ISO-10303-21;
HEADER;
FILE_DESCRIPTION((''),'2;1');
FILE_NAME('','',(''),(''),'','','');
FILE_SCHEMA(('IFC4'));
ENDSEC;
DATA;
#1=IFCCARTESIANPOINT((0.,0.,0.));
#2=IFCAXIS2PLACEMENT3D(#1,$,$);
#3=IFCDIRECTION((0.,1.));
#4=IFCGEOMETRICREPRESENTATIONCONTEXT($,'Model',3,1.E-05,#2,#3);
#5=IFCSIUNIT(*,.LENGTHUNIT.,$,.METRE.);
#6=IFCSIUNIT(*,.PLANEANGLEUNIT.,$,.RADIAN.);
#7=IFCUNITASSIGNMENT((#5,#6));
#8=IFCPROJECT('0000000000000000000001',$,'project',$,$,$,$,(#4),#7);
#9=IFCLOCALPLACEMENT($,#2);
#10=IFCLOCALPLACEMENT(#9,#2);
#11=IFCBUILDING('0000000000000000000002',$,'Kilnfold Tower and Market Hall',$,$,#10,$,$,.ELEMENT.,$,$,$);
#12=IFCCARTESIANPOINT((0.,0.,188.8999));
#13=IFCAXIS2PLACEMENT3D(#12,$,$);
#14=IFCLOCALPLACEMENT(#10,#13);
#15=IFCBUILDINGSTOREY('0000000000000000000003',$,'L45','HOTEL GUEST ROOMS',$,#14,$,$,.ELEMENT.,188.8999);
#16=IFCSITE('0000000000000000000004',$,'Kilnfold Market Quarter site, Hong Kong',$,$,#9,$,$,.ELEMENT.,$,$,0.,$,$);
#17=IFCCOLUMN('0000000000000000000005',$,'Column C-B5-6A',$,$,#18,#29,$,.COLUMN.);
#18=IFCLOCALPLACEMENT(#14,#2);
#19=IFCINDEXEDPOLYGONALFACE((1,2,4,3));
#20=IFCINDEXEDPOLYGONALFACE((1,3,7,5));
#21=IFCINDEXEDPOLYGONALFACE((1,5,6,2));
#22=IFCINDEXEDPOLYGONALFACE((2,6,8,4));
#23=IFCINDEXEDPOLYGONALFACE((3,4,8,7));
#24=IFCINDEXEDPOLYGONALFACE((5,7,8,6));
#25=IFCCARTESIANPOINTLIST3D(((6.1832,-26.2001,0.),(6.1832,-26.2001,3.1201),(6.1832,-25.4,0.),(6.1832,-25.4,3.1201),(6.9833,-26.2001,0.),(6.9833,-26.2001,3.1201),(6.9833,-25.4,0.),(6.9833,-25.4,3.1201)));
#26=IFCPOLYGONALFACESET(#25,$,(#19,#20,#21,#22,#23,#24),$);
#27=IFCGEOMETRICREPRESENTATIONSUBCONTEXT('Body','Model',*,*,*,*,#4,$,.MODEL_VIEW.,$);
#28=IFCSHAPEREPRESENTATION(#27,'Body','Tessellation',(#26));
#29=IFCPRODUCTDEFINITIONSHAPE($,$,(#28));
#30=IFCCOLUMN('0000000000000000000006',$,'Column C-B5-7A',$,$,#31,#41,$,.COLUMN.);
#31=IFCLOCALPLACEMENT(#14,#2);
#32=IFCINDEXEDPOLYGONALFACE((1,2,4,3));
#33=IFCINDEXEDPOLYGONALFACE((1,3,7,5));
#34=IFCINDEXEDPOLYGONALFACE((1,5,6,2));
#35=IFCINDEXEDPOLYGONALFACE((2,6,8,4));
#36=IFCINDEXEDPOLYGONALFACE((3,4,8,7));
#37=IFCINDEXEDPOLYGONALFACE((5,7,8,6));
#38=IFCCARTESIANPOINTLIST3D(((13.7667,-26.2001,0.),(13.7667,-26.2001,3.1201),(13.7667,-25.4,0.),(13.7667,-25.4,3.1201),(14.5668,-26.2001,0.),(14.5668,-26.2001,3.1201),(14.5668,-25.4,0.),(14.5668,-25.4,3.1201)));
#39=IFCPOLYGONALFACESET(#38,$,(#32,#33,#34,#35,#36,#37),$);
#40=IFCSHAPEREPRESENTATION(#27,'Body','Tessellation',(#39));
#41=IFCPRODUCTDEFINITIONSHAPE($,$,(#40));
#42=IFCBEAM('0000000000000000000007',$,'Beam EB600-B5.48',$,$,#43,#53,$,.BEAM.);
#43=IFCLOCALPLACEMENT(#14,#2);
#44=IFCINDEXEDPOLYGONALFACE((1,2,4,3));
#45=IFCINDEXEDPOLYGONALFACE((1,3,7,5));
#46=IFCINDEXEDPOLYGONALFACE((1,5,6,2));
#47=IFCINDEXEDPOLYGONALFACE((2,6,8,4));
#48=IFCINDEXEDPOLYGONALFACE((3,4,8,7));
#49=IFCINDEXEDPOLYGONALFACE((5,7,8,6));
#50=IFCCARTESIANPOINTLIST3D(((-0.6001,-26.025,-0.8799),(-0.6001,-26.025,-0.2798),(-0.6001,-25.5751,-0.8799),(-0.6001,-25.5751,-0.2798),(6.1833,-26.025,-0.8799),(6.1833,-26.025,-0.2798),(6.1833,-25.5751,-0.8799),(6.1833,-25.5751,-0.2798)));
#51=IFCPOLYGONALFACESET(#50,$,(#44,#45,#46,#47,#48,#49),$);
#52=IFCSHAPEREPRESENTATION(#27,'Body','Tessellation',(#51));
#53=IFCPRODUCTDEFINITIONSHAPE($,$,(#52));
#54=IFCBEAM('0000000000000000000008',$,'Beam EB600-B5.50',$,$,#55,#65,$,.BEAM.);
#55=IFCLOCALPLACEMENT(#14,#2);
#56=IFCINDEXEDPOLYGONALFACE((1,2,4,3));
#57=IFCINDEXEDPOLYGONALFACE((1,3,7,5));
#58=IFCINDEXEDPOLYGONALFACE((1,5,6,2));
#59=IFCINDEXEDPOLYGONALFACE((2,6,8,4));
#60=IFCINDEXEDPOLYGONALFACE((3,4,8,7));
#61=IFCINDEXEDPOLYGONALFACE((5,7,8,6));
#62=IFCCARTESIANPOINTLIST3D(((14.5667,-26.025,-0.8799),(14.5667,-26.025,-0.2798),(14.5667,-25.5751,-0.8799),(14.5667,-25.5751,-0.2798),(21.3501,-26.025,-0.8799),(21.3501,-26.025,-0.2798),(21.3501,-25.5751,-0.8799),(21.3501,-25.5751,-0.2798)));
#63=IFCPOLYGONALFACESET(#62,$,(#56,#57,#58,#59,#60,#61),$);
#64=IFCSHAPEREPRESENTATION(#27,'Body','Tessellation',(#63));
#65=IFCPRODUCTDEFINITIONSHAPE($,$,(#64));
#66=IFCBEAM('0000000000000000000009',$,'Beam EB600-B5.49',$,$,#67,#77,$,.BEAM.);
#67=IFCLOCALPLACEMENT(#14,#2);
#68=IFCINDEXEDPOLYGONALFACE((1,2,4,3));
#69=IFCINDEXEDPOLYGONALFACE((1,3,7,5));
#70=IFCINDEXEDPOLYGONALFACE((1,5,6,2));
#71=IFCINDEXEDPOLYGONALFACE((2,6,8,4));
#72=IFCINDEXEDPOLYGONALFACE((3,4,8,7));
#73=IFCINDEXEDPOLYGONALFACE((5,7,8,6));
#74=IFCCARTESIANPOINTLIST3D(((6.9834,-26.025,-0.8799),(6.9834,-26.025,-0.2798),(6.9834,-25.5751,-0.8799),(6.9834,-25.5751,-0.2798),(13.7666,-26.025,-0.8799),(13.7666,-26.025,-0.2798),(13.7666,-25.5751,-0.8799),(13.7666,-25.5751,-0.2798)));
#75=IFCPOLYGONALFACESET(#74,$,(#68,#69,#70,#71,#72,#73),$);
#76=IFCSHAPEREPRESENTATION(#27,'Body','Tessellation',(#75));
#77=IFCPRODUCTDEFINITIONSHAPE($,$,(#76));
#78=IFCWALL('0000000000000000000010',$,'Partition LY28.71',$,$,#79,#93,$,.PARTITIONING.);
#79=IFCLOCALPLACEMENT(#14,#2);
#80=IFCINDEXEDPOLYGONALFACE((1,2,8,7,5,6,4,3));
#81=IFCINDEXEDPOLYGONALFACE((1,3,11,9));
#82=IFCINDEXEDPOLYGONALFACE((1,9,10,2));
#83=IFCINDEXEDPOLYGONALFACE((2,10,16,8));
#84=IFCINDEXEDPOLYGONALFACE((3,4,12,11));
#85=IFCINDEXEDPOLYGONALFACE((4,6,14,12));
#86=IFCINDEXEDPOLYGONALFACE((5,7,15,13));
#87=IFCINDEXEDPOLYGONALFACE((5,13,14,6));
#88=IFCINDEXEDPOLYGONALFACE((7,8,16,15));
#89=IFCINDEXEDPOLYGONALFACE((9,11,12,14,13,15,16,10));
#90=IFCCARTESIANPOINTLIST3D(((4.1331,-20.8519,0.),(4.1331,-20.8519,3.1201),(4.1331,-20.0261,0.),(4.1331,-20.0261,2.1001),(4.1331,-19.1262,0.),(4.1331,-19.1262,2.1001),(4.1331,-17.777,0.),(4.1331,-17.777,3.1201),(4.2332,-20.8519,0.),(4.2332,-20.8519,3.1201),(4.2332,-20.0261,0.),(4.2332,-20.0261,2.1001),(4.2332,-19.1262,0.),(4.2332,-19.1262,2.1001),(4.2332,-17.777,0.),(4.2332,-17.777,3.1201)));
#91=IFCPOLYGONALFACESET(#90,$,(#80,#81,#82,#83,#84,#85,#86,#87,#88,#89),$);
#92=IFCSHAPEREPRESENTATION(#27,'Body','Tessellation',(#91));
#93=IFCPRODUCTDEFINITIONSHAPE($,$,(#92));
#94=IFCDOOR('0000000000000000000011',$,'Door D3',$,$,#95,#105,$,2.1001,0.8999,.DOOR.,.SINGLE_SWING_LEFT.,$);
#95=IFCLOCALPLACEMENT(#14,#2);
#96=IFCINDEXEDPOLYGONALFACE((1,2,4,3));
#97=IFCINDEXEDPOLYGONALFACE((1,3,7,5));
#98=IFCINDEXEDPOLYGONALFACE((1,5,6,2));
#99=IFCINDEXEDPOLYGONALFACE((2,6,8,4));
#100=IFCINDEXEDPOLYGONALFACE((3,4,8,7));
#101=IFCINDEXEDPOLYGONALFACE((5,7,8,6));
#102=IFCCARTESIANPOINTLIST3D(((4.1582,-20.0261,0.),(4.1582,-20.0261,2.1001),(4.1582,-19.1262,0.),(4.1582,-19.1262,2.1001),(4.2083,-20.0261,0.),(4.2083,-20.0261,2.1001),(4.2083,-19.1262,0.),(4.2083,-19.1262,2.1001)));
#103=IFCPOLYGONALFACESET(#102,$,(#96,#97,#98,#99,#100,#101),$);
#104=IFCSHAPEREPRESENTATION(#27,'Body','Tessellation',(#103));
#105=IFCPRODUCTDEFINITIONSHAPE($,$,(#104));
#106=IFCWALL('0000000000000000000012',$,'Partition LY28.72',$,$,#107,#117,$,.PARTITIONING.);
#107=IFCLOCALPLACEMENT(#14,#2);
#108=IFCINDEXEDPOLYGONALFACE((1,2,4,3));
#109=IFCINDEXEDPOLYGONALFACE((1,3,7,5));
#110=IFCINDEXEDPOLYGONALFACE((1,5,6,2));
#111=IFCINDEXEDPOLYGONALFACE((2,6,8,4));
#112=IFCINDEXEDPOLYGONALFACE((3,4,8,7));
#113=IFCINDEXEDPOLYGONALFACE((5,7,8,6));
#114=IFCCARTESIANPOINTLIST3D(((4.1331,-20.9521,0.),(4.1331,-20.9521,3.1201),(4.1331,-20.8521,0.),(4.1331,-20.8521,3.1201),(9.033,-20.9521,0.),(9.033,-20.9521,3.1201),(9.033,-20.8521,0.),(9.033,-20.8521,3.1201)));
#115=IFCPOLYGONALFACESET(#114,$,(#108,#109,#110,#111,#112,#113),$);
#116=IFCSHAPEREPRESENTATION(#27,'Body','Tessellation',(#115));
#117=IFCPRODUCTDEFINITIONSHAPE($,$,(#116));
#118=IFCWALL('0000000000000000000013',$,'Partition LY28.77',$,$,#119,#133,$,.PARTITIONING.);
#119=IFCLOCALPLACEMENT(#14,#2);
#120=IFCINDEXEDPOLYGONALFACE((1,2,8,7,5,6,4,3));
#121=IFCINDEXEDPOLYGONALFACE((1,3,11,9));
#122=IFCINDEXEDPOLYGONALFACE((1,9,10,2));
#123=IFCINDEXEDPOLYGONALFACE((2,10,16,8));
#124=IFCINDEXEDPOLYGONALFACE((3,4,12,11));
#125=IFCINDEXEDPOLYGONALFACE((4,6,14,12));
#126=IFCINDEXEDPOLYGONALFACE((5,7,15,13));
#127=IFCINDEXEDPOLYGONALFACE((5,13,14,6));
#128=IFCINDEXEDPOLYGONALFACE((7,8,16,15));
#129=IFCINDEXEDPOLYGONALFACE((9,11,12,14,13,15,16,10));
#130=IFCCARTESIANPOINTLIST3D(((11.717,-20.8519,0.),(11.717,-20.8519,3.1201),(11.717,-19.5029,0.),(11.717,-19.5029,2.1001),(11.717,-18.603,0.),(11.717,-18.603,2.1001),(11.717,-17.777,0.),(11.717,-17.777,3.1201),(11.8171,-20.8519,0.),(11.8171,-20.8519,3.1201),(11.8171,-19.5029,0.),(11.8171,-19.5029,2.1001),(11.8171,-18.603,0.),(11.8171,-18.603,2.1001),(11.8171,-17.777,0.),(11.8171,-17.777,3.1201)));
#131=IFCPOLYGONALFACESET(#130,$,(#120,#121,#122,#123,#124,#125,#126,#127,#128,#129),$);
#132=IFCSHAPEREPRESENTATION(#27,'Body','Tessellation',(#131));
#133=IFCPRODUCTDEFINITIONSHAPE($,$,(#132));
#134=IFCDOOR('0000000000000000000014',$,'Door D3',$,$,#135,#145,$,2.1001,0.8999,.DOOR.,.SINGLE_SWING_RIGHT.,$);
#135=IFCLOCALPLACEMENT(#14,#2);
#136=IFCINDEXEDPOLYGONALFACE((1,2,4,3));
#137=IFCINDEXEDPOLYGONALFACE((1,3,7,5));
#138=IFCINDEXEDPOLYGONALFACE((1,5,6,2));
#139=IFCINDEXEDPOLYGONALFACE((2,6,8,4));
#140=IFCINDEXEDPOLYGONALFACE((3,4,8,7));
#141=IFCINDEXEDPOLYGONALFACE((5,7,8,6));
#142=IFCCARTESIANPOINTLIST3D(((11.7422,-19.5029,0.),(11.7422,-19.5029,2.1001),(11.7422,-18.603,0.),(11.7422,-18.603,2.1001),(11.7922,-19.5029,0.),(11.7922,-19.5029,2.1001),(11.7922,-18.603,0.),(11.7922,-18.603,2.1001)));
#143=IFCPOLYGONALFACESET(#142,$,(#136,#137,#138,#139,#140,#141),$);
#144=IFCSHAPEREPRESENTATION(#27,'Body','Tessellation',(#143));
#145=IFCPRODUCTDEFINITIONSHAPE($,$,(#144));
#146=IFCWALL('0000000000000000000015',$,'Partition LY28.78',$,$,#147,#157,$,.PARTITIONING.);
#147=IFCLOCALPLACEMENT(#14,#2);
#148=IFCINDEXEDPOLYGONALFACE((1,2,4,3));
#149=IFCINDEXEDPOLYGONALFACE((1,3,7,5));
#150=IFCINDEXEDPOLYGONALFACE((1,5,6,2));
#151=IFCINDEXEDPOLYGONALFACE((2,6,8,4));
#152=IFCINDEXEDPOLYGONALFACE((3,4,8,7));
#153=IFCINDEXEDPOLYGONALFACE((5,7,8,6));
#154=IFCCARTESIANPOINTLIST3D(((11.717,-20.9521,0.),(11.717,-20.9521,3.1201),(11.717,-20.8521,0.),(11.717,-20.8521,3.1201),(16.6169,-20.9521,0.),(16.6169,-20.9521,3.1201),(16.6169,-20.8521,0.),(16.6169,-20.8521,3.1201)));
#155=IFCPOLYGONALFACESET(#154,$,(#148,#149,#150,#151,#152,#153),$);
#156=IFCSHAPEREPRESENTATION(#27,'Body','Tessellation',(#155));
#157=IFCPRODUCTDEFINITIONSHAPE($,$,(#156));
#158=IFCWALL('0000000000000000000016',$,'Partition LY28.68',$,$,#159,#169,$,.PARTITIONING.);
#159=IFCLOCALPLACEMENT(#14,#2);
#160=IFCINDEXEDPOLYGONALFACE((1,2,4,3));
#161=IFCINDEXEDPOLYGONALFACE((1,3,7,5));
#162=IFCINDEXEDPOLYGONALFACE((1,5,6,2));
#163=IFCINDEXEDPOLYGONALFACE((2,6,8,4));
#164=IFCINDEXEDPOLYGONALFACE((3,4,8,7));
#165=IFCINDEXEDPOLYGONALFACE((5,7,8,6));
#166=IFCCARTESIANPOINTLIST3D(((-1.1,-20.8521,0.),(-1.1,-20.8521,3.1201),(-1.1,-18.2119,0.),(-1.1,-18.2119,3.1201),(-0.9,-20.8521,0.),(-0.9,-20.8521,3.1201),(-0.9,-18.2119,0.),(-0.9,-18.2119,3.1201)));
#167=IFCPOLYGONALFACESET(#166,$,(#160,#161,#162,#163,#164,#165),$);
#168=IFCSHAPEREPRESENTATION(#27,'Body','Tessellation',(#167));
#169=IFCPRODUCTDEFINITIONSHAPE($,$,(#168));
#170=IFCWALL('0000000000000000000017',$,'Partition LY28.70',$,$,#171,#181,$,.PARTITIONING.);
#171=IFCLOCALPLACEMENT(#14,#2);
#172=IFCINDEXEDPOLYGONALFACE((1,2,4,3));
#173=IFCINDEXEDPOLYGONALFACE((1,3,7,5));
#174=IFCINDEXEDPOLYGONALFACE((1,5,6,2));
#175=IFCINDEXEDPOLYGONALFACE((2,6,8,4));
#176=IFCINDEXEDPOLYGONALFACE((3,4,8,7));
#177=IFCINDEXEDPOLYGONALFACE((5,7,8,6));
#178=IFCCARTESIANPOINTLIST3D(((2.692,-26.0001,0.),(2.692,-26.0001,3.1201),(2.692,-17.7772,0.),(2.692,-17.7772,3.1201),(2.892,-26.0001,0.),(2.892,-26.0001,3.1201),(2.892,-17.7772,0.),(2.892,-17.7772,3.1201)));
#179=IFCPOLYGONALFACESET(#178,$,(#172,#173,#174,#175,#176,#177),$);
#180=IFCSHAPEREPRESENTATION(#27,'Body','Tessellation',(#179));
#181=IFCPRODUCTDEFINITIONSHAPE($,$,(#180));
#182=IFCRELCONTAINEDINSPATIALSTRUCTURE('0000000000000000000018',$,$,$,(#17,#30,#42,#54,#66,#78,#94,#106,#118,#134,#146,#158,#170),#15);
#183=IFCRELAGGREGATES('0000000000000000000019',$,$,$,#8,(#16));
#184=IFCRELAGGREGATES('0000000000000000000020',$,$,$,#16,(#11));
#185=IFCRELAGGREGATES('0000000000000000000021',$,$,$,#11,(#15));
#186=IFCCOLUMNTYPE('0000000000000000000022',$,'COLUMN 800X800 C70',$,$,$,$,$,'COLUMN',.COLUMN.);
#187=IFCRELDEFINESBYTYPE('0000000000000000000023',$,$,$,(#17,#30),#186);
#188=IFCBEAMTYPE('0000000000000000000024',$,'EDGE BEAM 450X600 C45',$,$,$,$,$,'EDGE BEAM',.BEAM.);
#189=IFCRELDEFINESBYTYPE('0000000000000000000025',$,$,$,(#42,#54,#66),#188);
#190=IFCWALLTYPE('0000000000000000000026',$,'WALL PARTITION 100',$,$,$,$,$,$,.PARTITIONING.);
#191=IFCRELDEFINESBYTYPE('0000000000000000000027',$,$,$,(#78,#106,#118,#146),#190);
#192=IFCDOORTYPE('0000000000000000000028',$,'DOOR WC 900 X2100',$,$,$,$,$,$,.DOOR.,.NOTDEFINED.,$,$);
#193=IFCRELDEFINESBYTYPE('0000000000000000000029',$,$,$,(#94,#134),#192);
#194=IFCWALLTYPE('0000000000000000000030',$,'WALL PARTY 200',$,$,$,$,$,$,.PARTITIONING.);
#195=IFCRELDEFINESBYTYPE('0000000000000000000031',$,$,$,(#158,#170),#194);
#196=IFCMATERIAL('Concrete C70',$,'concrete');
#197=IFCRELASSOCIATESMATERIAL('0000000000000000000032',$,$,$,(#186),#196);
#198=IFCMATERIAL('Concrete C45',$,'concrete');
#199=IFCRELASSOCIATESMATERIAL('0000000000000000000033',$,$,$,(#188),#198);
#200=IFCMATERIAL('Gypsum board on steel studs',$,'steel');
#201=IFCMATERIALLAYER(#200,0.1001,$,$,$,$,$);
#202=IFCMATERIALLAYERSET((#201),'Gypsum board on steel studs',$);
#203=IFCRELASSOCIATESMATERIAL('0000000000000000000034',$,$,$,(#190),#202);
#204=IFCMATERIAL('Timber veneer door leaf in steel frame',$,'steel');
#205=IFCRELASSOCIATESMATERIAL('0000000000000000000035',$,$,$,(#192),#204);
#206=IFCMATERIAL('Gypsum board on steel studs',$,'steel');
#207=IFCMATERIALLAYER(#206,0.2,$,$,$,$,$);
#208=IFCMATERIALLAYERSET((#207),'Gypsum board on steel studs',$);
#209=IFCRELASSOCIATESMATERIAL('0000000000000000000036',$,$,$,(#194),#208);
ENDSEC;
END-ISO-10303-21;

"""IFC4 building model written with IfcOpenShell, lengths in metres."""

from ifc_helpers import new_model, si_unit, direction, frame, frame_2d, origin, origin_2d, place, context, subcontext, project, spatial, rectangle, extrude, source, transform, mapped, material, layer, layer_set, material_profile, profile_set, type_object, element, fill, save


model = new_model("IFC4")

# Units and contexts
model_context = context("Model", 3, precision=1e-05, world=origin(), true_north=direction((0.0, 1.0)))
body_context = subcontext(model_context, "Body", "Model", "MODEL_VIEW")
ifc_project = project(units=[si_unit("LENGTHUNIT", "METRE"), si_unit("PLANEANGLEUNIT", "RADIAN")], contexts=[model_context])

# Site, building, storey
site_placement = place(None, origin())
site = spatial("IfcSite", under=ifc_project, at=site_placement, Name="Kilnfold Market Quarter site, Hong Kong", CompositionType="ELEMENT", RefElevation=0.0)
building_placement = place(site_placement, origin())
building = spatial("IfcBuilding", under=site, at=building_placement, Name="Kilnfold Tower and Market Hall", CompositionType="ELEMENT")
storey_placement = place(building_placement, frame((0.0, 0.0, 188.8999)))
storey = spatial("IfcBuildingStorey", under=building, at=storey_placement, Name="L45", Description="HOTEL GUEST ROOMS", CompositionType="ELEMENT", Elevation=188.8999)

# Columns
ifc_material_1 = material(Name="Concrete C70", Category="concrete")
ifc_material_profile_1 = material_profile(ifc_material_1, rectangle(XDim=0.8, YDim=0.8, at=origin_2d()), Name="RC 800x800")
ifc_profile_set_1 = profile_set([ifc_material_profile_1], Name="Concrete C70")
column_type = type_object("IfcColumnType", Name="COLUMN 800X800 C70", ElementType="COLUMN", PredefinedType="COLUMN", material=ifc_profile_set_1)
shared_shape_1 = source(origin(), body_context, "Body", "SweptSolid", [
    extrude(rectangle(XDim=0.8, YDim=0.8, at=origin_2d()), origin(), (0.0, 0.0, 1.0), 3.1201),
])
for number, where, z_axis, x_axis, name in (
    (1, (6.5833, -25.8, 0.0), (0.0, 0.0, 1.0), (1.0, 0.0, 0.0), "Column C-B5-6A"),
    (2, (14.1667, -25.8, 0.0), (0.0, 0.0, 1.0), (1.0, 0.0, 0.0), "Column C-B5-7A"),
):
    element("IfcColumn", number, at=place(storey_placement, frame(where, z_axis=z_axis, x_axis=x_axis)), inside=storey, type_object=column_type, Name=name, PredefinedType="COLUMN", context=body_context, shape_type="MappedRepresentation", body=[
        mapped(shared_shape_1, transform((0.0, 0.0, 0.0))),
    ])

# Beams
ifc_material_2 = material(Name="Concrete C45", Category="concrete")
ifc_material_profile_2 = material_profile(ifc_material_2, rectangle(XDim=0.45, YDim=0.6001, at=origin_2d()), Name="RC 450x600")
ifc_profile_set_2 = profile_set([ifc_material_profile_2], Name="Concrete C45")
beam_type = type_object("IfcBeamType", Name="EDGE BEAM 450X600 C45", ElementType="EDGE BEAM", PredefinedType="BEAM", material=ifc_profile_set_2)
shared_shape_2 = source(origin(), body_context, "Body", "SweptSolid", [
    extrude(rectangle(XDim=0.45, YDim=0.6001, at=origin_2d()), origin(), (0.0, 0.0, 1.0), 6.7834),
])
for number, where, z_axis, x_axis, name in (
    (3, (-0.6001, -25.8, -0.5798), (1.0, 0.0, 0.0), (0.0, 1.0, 0.0), "Beam EB600-B5.48"),
    (4, (14.5667, -25.8, -0.5798), (1.0, 0.0, 0.0), (0.0, 1.0, 0.0), "Beam EB600-B5.50"),
):
    element("IfcBeam", number, at=place(storey_placement, frame(where, z_axis=z_axis, x_axis=x_axis)), inside=storey, type_object=beam_type, Name=name, PredefinedType="BEAM", context=body_context, shape_type="MappedRepresentation", body=[
        mapped(shared_shape_2, transform((0.0, 0.0, 0.0))),
    ])
shared_shape_3 = source(origin(), body_context, "Body", "SweptSolid", [
    extrude(rectangle(XDim=0.45, YDim=0.6001, at=origin_2d()), origin(), (0.0, 0.0, 1.0), 6.7832),
])
beam_placement = place(storey_placement, frame((6.9834, -25.8, -0.5798), z_axis=(1.0, 0.0, 0.0), x_axis=(0.0, 1.0, 0.0)))
element("IfcBeam", 5, at=beam_placement, inside=storey, type_object=beam_type, Name="Beam EB600-B5.49", PredefinedType="BEAM", context=body_context, shape_type="MappedRepresentation", body=[
    mapped(shared_shape_3, transform((0.0, 0.0, 0.0))),
])

# Wall, opening, door
ifc_material_3 = material(Name="Gypsum board on steel studs", Category="steel")
ifc_layer_1 = layer(ifc_material_3, 0.1001)
ifc_layer_set_1 = layer_set([ifc_layer_1], Name="Gypsum board on steel studs")
wall_type_1 = type_object("IfcWallType", Name="WALL PARTITION 100", PredefinedType="PARTITIONING", material=ifc_layer_set_1)
wall_1_placement = place(storey_placement, frame((4.1831, -20.8521, 0.0), z_axis=(0.0, 0.0, 1.0), x_axis=(0.0, 1.0, 0.0)))
wall_1 = element("IfcWall", 6, at=wall_1_placement, inside=storey, type_object=wall_type_1, Name="Partition LY28.71", PredefinedType="PARTITIONING", context=body_context, shape_type="SweptSolid", body=[
    extrude(rectangle(XDim=3.075, YDim=0.1001, at=frame_2d((1.5376, 0.0))), origin(), (0.0, 0.0, 1.0), 3.1201),
])
opening_1_placement = place(wall_1_placement, frame((0.8259, 0.0, 0.0)))
opening_1 = element("IfcOpeningElement", 7, at=opening_1_placement, cuts=wall_1, PredefinedType="OPENING", context=body_context, shape_type="SweptSolid", body=[
    extrude(rectangle(XDim=0.8999, YDim=2.1001, at=frame_2d((0.45, 1.05))), frame((0.0, 0.0601, 0.0), z_axis=(0.0, -1.0, 0.0), x_axis=(1.0, 0.0, 0.0)), (0.0, 0.0, 1.0), 0.1201),
])
ifc_material_4 = material(Name="Timber veneer door leaf in steel frame", Category="steel")
door_type = type_object("IfcDoorType", Name="DOOR WC 900 X2100", OperationType="NOTDEFINED", PredefinedType="DOOR", material=ifc_material_4)
door_1_placement = place(opening_1_placement, origin())
door_1 = element("IfcDoor", 8, at=door_1_placement, inside=storey, type_object=door_type, Name="Door D3", OperationType="SINGLE_SWING_LEFT", OverallHeight=2.1001, OverallWidth=0.8999, PredefinedType="DOOR", context=body_context, shape_type="SweptSolid", body=[
    extrude(rectangle(XDim=0.8999, YDim=2.1001, at=frame_2d((0.45, 1.05))), frame((0.0, 0.0249, 0.0), z_axis=(0.0, -1.0, 0.0), x_axis=(1.0, 0.0, 0.0)), (0.0, 0.0, 1.0), 0.05),
])
fill(opening_1, door_1)

# Wall
wall_2_placement = place(storey_placement, frame((4.1331, -20.9021, 0.0), z_axis=(0.0, 0.0, 1.0), x_axis=(1.0, 0.0, 0.0)))
element("IfcWall", 9, at=wall_2_placement, inside=storey, type_object=wall_type_1, Name="Partition LY28.72", PredefinedType="PARTITIONING", context=body_context, shape_type="SweptSolid", body=[
    extrude(rectangle(XDim=4.8999, YDim=0.1001, at=frame_2d((2.45, 0.0))), origin(), (0.0, 0.0, 1.0), 3.1201),
])

# Wall, opening, door
wall_3_placement = place(storey_placement, frame((11.7671, -20.8521, 0.0), z_axis=(0.0, 0.0, 1.0), x_axis=(0.0, 1.0, 0.0)))
wall_3 = element("IfcWall", 10, at=wall_3_placement, inside=storey, type_object=wall_type_1, Name="Partition LY28.77", PredefinedType="PARTITIONING", context=body_context, shape_type="SweptSolid", body=[
    extrude(rectangle(XDim=3.075, YDim=0.1001, at=frame_2d((1.5376, 0.0))), origin(), (0.0, 0.0, 1.0), 3.1201),
])
opening_2_placement = place(wall_3_placement, frame((1.3491, 0.0, 0.0)))
opening_2 = element("IfcOpeningElement", 11, at=opening_2_placement, cuts=wall_3, PredefinedType="OPENING", context=body_context, shape_type="SweptSolid", body=[
    extrude(rectangle(XDim=0.8999, YDim=2.1001, at=frame_2d((0.45, 1.05))), frame((0.0, 0.0601, 0.0), z_axis=(0.0, -1.0, 0.0), x_axis=(1.0, 0.0, 0.0)), (0.0, 0.0, 1.0), 0.1201),
])
door_2_placement = place(opening_2_placement, origin())
door_2 = element("IfcDoor", 12, at=door_2_placement, inside=storey, type_object=door_type, Name="Door D3", OperationType="SINGLE_SWING_RIGHT", OverallHeight=2.1001, OverallWidth=0.8999, PredefinedType="DOOR", context=body_context, shape_type="SweptSolid", body=[
    extrude(rectangle(XDim=0.8999, YDim=2.1001, at=frame_2d((0.45, 1.05))), frame((0.0, 0.0249, 0.0), z_axis=(0.0, -1.0, 0.0), x_axis=(1.0, 0.0, 0.0)), (0.0, 0.0, 1.0), 0.05),
])
fill(opening_2, door_2)

# Walls
wall_4_placement = place(storey_placement, frame((11.717, -20.9021, 0.0), z_axis=(0.0, 0.0, 1.0), x_axis=(1.0, 0.0, 0.0)))
element("IfcWall", 13, at=wall_4_placement, inside=storey, type_object=wall_type_1, Name="Partition LY28.78", PredefinedType="PARTITIONING", context=body_context, shape_type="SweptSolid", body=[
    extrude(rectangle(XDim=4.8999, YDim=0.1001, at=frame_2d((2.45, 0.0))), origin(), (0.0, 0.0, 1.0), 3.1201),
])
ifc_material_5 = material(Name="Gypsum board on steel studs", Category="steel")
ifc_layer_2 = layer(ifc_material_5, 0.2)
ifc_layer_set_2 = layer_set([ifc_layer_2], Name="Gypsum board on steel studs")
wall_type_2 = type_object("IfcWallType", Name="WALL PARTY 200", PredefinedType="PARTITIONING", material=ifc_layer_set_2)
wall_5_placement = place(storey_placement, frame((-1.0, -20.8521, 0.0), z_axis=(0.0, 0.0, 1.0), x_axis=(0.0, 1.0, 0.0)))
element("IfcWall", 14, at=wall_5_placement, inside=storey, type_object=wall_type_2, Name="Partition LY28.68", PredefinedType="PARTITIONING", context=body_context, shape_type="SweptSolid", body=[
    extrude(rectangle(XDim=2.6401, YDim=0.2, at=frame_2d((1.3201, 0.0))), origin(), (0.0, 0.0, 1.0), 3.1201),
])
wall_6_placement = place(storey_placement, frame((2.792, -26.0, 0.0), z_axis=(0.0, 0.0, 1.0), x_axis=(0.0, 1.0, 0.0)))
element("IfcWall", 15, at=wall_6_placement, inside=storey, type_object=wall_type_2, Name="Partition LY28.70", PredefinedType="PARTITIONING", context=body_context, shape_type="SweptSolid", body=[
    extrude(rectangle(XDim=8.2229, YDim=0.2, at=frame_2d((4.1113, 0.0))), origin(), (0.0, 0.0, 1.0), 3.1201),
])

save(model, "model.ifc")
